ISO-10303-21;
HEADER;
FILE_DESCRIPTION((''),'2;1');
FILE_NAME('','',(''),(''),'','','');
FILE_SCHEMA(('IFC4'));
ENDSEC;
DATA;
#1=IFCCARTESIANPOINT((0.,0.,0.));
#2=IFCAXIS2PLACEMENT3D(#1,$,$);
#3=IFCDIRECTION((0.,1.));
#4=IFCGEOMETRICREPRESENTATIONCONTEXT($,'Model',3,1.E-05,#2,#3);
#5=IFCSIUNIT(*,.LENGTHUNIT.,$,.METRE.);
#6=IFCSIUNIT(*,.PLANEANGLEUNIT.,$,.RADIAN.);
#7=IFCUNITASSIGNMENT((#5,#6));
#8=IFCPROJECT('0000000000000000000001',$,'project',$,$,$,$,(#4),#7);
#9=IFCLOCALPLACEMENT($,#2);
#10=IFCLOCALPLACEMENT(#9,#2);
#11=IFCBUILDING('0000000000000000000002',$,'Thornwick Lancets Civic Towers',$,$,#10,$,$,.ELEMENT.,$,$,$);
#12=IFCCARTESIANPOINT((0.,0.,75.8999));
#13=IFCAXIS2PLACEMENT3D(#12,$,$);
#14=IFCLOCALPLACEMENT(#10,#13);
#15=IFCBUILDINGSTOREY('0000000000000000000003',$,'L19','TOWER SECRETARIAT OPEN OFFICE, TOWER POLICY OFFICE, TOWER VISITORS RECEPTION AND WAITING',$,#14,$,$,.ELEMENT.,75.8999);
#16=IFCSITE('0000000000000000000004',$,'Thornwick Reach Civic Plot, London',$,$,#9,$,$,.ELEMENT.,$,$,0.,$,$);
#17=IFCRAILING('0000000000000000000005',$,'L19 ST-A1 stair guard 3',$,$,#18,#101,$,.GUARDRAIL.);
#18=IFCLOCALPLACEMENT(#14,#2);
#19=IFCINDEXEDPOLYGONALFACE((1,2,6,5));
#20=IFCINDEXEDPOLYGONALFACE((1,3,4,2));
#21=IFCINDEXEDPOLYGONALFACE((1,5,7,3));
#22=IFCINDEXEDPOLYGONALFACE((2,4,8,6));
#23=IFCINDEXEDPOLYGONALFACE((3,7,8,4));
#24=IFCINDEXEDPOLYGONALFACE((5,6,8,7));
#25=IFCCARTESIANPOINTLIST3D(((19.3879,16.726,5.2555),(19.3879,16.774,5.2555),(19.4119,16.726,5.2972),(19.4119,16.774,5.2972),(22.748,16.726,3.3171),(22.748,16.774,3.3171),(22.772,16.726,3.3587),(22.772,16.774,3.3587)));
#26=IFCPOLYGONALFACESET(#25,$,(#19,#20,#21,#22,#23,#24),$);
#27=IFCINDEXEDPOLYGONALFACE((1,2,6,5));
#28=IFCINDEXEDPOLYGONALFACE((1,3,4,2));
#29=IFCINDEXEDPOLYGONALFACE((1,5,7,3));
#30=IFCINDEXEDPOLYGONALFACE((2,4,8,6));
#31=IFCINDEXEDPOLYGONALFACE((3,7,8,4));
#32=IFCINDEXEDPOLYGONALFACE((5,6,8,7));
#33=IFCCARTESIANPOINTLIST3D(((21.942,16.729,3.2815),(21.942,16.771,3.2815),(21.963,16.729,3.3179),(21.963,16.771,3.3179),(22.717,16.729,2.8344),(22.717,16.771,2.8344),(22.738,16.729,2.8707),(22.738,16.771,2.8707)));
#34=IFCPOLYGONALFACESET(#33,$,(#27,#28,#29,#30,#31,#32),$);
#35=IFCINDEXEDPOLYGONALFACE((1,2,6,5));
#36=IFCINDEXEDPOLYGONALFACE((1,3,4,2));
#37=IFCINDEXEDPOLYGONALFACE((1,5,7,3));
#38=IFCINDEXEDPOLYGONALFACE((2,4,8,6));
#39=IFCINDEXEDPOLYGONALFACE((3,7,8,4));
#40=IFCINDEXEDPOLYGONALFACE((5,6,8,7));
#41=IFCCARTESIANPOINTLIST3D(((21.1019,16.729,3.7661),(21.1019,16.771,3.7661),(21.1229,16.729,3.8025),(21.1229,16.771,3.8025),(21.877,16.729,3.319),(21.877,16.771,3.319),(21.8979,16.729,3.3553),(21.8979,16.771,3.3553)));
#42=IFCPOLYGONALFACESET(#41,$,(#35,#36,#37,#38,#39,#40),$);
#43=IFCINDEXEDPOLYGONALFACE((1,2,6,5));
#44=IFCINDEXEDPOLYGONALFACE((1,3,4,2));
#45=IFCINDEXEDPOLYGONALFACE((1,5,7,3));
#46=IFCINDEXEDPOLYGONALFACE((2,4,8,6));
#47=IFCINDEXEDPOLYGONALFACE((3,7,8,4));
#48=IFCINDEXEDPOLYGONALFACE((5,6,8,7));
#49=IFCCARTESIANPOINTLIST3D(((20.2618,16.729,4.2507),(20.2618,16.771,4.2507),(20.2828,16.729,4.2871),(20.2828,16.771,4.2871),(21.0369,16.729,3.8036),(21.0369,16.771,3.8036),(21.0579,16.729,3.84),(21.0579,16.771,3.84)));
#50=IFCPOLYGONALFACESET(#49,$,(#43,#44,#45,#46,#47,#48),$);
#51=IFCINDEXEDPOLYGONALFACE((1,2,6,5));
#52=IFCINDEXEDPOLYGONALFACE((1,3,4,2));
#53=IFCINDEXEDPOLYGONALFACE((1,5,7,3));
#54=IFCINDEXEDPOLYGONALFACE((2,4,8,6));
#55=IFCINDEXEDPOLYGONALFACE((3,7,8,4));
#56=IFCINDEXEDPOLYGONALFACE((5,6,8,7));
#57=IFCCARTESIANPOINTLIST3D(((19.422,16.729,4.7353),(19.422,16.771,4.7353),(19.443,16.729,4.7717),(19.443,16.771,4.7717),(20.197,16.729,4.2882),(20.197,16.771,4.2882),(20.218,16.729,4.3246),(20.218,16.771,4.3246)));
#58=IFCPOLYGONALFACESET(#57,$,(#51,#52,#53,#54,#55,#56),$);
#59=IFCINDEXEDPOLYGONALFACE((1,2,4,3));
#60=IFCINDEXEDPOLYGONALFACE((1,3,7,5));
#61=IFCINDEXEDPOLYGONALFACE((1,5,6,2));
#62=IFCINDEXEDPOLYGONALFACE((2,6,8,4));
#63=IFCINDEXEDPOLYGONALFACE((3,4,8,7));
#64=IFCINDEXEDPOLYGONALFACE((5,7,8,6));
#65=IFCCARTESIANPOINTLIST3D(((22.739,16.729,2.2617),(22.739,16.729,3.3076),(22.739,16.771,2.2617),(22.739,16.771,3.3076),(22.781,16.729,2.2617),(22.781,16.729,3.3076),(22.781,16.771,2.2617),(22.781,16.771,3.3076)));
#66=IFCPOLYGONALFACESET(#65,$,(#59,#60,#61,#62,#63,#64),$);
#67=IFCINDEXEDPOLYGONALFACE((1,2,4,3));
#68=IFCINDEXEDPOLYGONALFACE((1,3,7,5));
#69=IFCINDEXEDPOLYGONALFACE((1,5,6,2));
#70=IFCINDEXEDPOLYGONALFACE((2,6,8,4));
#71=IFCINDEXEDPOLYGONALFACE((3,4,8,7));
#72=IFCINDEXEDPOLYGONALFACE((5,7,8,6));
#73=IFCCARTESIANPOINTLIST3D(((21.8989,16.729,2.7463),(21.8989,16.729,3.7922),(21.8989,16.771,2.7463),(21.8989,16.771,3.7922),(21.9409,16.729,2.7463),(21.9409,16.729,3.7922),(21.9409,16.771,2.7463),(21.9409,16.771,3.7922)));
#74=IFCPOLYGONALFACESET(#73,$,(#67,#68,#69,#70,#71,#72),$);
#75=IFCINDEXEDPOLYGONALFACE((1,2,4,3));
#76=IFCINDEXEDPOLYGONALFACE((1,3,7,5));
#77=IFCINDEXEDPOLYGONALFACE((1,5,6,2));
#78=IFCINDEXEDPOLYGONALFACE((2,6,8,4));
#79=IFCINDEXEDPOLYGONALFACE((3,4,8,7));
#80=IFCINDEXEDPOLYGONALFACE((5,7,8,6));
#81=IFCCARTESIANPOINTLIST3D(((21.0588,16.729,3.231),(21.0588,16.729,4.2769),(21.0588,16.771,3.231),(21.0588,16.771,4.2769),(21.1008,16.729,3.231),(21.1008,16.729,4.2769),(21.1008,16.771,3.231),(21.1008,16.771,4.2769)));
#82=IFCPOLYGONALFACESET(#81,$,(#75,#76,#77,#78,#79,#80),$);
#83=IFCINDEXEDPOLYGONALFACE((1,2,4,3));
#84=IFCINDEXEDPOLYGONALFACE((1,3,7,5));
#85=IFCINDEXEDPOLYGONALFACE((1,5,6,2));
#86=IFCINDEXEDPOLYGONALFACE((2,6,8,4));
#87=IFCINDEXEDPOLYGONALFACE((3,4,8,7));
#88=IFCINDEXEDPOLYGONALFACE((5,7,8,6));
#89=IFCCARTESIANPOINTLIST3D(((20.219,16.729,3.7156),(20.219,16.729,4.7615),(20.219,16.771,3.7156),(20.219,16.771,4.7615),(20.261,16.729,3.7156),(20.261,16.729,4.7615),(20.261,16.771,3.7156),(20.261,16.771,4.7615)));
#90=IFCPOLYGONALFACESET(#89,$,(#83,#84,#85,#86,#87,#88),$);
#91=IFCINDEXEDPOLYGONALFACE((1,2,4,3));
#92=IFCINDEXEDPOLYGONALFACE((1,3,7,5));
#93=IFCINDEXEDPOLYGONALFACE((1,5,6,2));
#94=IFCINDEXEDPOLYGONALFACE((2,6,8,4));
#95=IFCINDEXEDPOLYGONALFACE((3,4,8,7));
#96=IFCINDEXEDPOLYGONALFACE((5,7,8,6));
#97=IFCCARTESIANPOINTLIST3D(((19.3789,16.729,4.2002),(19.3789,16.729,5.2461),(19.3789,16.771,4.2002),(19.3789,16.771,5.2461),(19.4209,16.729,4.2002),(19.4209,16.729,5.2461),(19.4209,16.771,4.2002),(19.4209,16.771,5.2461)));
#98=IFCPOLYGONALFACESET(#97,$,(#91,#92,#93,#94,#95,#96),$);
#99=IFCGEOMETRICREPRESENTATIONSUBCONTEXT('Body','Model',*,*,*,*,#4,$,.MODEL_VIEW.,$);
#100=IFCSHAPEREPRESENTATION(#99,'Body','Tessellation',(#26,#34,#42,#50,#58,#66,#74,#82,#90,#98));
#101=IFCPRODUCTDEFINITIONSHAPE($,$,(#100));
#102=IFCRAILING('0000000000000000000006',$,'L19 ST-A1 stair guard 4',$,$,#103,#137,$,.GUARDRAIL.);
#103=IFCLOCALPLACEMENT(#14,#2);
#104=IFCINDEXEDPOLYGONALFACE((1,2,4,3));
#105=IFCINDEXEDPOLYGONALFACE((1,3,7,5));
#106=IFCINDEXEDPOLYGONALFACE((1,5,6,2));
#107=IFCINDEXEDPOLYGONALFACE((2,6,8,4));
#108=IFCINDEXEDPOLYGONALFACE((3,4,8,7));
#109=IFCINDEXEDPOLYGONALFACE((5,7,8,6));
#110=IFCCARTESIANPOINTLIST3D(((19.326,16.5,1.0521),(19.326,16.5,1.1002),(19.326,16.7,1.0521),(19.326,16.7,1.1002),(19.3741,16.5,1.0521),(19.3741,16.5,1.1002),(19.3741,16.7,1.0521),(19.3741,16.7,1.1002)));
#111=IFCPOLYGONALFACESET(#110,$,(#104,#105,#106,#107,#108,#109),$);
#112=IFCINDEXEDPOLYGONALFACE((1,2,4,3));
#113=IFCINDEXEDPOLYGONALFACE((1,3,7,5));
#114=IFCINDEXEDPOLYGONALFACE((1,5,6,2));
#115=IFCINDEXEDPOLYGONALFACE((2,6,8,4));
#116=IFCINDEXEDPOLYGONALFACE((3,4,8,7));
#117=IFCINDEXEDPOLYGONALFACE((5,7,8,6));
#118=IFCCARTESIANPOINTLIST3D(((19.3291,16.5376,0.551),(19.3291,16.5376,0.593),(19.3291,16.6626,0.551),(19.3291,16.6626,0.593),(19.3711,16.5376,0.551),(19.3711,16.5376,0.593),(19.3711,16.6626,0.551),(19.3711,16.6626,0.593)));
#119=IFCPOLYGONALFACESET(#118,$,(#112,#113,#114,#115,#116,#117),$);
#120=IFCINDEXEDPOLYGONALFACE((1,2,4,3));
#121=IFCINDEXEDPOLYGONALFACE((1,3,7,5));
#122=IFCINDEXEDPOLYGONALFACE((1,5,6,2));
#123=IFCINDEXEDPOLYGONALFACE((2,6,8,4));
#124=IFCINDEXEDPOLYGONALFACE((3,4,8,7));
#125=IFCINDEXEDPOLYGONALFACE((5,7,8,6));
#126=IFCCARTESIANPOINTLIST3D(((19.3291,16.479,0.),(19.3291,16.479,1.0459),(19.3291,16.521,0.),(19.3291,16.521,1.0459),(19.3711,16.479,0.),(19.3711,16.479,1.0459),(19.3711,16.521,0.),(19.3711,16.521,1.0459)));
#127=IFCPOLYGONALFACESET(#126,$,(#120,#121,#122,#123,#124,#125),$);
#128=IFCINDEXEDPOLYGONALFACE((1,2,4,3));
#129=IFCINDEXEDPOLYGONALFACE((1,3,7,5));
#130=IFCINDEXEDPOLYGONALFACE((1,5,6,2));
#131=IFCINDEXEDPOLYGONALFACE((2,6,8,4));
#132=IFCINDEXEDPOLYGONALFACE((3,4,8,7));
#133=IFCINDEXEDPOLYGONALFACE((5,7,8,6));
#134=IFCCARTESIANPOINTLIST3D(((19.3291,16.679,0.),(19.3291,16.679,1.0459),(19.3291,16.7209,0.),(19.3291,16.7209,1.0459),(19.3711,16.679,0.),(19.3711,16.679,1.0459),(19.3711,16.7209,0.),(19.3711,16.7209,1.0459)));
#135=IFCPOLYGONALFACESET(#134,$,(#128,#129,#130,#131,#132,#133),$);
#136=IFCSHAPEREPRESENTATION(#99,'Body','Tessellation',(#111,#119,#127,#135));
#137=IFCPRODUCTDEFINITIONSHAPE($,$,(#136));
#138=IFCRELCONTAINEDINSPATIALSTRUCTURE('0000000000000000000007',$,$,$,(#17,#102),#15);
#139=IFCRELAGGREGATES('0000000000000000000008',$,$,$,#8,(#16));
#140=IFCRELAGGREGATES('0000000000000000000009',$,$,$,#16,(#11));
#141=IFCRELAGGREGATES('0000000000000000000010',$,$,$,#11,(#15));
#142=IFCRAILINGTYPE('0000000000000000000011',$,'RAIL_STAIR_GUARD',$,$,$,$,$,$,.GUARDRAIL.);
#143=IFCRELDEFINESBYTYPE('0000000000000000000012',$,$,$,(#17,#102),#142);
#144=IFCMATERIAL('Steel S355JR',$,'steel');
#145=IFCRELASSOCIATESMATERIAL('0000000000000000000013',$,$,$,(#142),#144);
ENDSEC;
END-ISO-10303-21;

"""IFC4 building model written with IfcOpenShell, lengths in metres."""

from ifc_helpers import new_model, si_unit, direction, frame, origin, origin_2d, place, context, subcontext, project, spatial, rectangle, extrude, material, type_object, element, save


model = new_model("IFC4")

# Units and contexts
model_context = context("Model", 3, precision=1e-05, world=origin(), true_north=direction((0.0, 1.0)))
body_context = subcontext(model_context, "Body", "Model", "MODEL_VIEW")
ifc_project = project(units=[si_unit("LENGTHUNIT", "METRE"), si_unit("PLANEANGLEUNIT", "RADIAN")], contexts=[model_context])

# Site, building, storey
site_placement = place(None, origin())
site = spatial("IfcSite", under=ifc_project, at=site_placement, Name="Thornwick Reach Civic Plot, London", CompositionType="ELEMENT", RefElevation=0.0)
building_placement = place(site_placement, origin())
building = spatial("IfcBuilding", under=site, at=building_placement, Name="Thornwick Lancets Civic Towers", CompositionType="ELEMENT")
storey_placement = place(building_placement, frame((0.0, 0.0, 75.8999)))
storey = spatial("IfcBuildingStorey", under=building, at=storey_placement, Name="L19", Description="TOWER SECRETARIAT OPEN OFFICE, TOWER POLICY OFFICE, TOWER VISITORS RECEPTION AND WAITING", CompositionType="ELEMENT", Elevation=75.8999)

# Shared definitions
ifc_material_1 = material(Name="Steel S355JR", Category="steel")

# Railings
railing_type_1 = type_object("IfcRailingType", Name="RAIL_STAIR_GUARD", PredefinedType="GUARDRAIL", material=ifc_material_1)
railing_1_placement = place(storey_placement, frame((22.76, 16.75, 2.2617)))
element("IfcRailing", 1, at=railing_1_placement, inside=storey, type_object=railing_type_1, Name="L19 ST-A1 stair guard 3", PredefinedType="GUARDRAIL", context=body_context, shape_type="SweptSolid", body=[
    extrude(rectangle(XDim=0.0481, YDim=0.0481, at=origin_2d()), frame((0.0, 0.0, 1.0762), z_axis=(-0.866191, 0.0, 0.499713), x_axis=(0.0, -1.0, 0.0)), (0.0, 0.0, 1.0), 3.8792),
    extrude(rectangle(XDim=0.042, YDim=0.042, at=origin_2d()), frame((-0.0325, 0.0, 0.5908), z_axis=(-0.866191, 0.0, 0.499713), x_axis=(0.0, -1.0, 0.0)), (0.0, 0.0, 1.0), 0.8948),
    extrude(rectangle(XDim=0.042, YDim=0.042, at=origin_2d()), frame((-0.8726, 0.0, 1.0754), z_axis=(-0.866191, 0.0, 0.499713), x_axis=(0.0, -1.0, 0.0)), (0.0, 0.0, 1.0), 0.8948),
    extrude(rectangle(XDim=0.042, YDim=0.042, at=origin_2d()), frame((-1.7126, 0.0, 1.5601), z_axis=(-0.866191, 0.0, 0.499713), x_axis=(0.0, -1.0, 0.0)), (0.0, 0.0, 1.0), 0.8948),
    extrude(rectangle(XDim=0.042, YDim=0.042, at=origin_2d()), frame((-2.5525, 0.0, 2.0447), z_axis=(-0.866191, 0.0, 0.499713), x_axis=(0.0, -1.0, 0.0)), (0.0, 0.0, 1.0), 0.8948),
    extrude(rectangle(XDim=0.042, YDim=0.042, at=origin_2d()), origin(), (0.0, 0.0, 1.0), 1.0459),
    extrude(rectangle(XDim=0.042, YDim=0.042, at=origin_2d()), frame((-0.8401, 0.0, 0.4846)), (0.0, 0.0, 1.0), 1.0459),
    extrude(rectangle(XDim=0.042, YDim=0.042, at=origin_2d()), frame((-1.6802, 0.0, 0.9692)), (0.0, 0.0, 1.0), 1.0459),
    extrude(rectangle(XDim=0.042, YDim=0.042, at=origin_2d()), frame((-2.52, 0.0, 1.4539)), (0.0, 0.0, 1.0), 1.0459),
    extrude(rectangle(XDim=0.042, YDim=0.042, at=origin_2d()), frame((-3.3601, 0.0, 1.9385)), (0.0, 0.0, 1.0), 1.0459),
])
railing_2_placement = place(storey_placement, frame((19.3501, 16.5, 0.0)))
element("IfcRailing", 2, at=railing_2_placement, inside=storey, type_object=railing_type_1, Name="L19 ST-A1 stair guard 4", PredefinedType="GUARDRAIL", context=body_context, shape_type="SweptSolid", body=[
    extrude(rectangle(XDim=0.0481, YDim=0.0481, at=origin_2d()), frame((0.0, 0.0, 1.0762), z_axis=(0.0, 1.0, 0.0), x_axis=(-1.0, 0.0, 0.0)), (0.0, 0.0, 1.0), 0.2),
    extrude(rectangle(XDim=0.042, YDim=0.042, at=origin_2d()), frame((0.0, 0.0376, 0.572), z_axis=(0.0, 1.0, 0.0), x_axis=(-1.0, 0.0, 0.0)), (0.0, 0.0, 1.0), 0.125),
    extrude(rectangle(XDim=0.042, YDim=0.042, at=origin_2d()), origin(), (0.0, 0.0, 1.0), 1.0459),
    extrude(rectangle(XDim=0.042, YDim=0.042, at=origin_2d()), frame((0.0, 0.2, 0.0)), (0.0, 0.0, 1.0), 1.0459),
])

save(model, "model.ifc")
